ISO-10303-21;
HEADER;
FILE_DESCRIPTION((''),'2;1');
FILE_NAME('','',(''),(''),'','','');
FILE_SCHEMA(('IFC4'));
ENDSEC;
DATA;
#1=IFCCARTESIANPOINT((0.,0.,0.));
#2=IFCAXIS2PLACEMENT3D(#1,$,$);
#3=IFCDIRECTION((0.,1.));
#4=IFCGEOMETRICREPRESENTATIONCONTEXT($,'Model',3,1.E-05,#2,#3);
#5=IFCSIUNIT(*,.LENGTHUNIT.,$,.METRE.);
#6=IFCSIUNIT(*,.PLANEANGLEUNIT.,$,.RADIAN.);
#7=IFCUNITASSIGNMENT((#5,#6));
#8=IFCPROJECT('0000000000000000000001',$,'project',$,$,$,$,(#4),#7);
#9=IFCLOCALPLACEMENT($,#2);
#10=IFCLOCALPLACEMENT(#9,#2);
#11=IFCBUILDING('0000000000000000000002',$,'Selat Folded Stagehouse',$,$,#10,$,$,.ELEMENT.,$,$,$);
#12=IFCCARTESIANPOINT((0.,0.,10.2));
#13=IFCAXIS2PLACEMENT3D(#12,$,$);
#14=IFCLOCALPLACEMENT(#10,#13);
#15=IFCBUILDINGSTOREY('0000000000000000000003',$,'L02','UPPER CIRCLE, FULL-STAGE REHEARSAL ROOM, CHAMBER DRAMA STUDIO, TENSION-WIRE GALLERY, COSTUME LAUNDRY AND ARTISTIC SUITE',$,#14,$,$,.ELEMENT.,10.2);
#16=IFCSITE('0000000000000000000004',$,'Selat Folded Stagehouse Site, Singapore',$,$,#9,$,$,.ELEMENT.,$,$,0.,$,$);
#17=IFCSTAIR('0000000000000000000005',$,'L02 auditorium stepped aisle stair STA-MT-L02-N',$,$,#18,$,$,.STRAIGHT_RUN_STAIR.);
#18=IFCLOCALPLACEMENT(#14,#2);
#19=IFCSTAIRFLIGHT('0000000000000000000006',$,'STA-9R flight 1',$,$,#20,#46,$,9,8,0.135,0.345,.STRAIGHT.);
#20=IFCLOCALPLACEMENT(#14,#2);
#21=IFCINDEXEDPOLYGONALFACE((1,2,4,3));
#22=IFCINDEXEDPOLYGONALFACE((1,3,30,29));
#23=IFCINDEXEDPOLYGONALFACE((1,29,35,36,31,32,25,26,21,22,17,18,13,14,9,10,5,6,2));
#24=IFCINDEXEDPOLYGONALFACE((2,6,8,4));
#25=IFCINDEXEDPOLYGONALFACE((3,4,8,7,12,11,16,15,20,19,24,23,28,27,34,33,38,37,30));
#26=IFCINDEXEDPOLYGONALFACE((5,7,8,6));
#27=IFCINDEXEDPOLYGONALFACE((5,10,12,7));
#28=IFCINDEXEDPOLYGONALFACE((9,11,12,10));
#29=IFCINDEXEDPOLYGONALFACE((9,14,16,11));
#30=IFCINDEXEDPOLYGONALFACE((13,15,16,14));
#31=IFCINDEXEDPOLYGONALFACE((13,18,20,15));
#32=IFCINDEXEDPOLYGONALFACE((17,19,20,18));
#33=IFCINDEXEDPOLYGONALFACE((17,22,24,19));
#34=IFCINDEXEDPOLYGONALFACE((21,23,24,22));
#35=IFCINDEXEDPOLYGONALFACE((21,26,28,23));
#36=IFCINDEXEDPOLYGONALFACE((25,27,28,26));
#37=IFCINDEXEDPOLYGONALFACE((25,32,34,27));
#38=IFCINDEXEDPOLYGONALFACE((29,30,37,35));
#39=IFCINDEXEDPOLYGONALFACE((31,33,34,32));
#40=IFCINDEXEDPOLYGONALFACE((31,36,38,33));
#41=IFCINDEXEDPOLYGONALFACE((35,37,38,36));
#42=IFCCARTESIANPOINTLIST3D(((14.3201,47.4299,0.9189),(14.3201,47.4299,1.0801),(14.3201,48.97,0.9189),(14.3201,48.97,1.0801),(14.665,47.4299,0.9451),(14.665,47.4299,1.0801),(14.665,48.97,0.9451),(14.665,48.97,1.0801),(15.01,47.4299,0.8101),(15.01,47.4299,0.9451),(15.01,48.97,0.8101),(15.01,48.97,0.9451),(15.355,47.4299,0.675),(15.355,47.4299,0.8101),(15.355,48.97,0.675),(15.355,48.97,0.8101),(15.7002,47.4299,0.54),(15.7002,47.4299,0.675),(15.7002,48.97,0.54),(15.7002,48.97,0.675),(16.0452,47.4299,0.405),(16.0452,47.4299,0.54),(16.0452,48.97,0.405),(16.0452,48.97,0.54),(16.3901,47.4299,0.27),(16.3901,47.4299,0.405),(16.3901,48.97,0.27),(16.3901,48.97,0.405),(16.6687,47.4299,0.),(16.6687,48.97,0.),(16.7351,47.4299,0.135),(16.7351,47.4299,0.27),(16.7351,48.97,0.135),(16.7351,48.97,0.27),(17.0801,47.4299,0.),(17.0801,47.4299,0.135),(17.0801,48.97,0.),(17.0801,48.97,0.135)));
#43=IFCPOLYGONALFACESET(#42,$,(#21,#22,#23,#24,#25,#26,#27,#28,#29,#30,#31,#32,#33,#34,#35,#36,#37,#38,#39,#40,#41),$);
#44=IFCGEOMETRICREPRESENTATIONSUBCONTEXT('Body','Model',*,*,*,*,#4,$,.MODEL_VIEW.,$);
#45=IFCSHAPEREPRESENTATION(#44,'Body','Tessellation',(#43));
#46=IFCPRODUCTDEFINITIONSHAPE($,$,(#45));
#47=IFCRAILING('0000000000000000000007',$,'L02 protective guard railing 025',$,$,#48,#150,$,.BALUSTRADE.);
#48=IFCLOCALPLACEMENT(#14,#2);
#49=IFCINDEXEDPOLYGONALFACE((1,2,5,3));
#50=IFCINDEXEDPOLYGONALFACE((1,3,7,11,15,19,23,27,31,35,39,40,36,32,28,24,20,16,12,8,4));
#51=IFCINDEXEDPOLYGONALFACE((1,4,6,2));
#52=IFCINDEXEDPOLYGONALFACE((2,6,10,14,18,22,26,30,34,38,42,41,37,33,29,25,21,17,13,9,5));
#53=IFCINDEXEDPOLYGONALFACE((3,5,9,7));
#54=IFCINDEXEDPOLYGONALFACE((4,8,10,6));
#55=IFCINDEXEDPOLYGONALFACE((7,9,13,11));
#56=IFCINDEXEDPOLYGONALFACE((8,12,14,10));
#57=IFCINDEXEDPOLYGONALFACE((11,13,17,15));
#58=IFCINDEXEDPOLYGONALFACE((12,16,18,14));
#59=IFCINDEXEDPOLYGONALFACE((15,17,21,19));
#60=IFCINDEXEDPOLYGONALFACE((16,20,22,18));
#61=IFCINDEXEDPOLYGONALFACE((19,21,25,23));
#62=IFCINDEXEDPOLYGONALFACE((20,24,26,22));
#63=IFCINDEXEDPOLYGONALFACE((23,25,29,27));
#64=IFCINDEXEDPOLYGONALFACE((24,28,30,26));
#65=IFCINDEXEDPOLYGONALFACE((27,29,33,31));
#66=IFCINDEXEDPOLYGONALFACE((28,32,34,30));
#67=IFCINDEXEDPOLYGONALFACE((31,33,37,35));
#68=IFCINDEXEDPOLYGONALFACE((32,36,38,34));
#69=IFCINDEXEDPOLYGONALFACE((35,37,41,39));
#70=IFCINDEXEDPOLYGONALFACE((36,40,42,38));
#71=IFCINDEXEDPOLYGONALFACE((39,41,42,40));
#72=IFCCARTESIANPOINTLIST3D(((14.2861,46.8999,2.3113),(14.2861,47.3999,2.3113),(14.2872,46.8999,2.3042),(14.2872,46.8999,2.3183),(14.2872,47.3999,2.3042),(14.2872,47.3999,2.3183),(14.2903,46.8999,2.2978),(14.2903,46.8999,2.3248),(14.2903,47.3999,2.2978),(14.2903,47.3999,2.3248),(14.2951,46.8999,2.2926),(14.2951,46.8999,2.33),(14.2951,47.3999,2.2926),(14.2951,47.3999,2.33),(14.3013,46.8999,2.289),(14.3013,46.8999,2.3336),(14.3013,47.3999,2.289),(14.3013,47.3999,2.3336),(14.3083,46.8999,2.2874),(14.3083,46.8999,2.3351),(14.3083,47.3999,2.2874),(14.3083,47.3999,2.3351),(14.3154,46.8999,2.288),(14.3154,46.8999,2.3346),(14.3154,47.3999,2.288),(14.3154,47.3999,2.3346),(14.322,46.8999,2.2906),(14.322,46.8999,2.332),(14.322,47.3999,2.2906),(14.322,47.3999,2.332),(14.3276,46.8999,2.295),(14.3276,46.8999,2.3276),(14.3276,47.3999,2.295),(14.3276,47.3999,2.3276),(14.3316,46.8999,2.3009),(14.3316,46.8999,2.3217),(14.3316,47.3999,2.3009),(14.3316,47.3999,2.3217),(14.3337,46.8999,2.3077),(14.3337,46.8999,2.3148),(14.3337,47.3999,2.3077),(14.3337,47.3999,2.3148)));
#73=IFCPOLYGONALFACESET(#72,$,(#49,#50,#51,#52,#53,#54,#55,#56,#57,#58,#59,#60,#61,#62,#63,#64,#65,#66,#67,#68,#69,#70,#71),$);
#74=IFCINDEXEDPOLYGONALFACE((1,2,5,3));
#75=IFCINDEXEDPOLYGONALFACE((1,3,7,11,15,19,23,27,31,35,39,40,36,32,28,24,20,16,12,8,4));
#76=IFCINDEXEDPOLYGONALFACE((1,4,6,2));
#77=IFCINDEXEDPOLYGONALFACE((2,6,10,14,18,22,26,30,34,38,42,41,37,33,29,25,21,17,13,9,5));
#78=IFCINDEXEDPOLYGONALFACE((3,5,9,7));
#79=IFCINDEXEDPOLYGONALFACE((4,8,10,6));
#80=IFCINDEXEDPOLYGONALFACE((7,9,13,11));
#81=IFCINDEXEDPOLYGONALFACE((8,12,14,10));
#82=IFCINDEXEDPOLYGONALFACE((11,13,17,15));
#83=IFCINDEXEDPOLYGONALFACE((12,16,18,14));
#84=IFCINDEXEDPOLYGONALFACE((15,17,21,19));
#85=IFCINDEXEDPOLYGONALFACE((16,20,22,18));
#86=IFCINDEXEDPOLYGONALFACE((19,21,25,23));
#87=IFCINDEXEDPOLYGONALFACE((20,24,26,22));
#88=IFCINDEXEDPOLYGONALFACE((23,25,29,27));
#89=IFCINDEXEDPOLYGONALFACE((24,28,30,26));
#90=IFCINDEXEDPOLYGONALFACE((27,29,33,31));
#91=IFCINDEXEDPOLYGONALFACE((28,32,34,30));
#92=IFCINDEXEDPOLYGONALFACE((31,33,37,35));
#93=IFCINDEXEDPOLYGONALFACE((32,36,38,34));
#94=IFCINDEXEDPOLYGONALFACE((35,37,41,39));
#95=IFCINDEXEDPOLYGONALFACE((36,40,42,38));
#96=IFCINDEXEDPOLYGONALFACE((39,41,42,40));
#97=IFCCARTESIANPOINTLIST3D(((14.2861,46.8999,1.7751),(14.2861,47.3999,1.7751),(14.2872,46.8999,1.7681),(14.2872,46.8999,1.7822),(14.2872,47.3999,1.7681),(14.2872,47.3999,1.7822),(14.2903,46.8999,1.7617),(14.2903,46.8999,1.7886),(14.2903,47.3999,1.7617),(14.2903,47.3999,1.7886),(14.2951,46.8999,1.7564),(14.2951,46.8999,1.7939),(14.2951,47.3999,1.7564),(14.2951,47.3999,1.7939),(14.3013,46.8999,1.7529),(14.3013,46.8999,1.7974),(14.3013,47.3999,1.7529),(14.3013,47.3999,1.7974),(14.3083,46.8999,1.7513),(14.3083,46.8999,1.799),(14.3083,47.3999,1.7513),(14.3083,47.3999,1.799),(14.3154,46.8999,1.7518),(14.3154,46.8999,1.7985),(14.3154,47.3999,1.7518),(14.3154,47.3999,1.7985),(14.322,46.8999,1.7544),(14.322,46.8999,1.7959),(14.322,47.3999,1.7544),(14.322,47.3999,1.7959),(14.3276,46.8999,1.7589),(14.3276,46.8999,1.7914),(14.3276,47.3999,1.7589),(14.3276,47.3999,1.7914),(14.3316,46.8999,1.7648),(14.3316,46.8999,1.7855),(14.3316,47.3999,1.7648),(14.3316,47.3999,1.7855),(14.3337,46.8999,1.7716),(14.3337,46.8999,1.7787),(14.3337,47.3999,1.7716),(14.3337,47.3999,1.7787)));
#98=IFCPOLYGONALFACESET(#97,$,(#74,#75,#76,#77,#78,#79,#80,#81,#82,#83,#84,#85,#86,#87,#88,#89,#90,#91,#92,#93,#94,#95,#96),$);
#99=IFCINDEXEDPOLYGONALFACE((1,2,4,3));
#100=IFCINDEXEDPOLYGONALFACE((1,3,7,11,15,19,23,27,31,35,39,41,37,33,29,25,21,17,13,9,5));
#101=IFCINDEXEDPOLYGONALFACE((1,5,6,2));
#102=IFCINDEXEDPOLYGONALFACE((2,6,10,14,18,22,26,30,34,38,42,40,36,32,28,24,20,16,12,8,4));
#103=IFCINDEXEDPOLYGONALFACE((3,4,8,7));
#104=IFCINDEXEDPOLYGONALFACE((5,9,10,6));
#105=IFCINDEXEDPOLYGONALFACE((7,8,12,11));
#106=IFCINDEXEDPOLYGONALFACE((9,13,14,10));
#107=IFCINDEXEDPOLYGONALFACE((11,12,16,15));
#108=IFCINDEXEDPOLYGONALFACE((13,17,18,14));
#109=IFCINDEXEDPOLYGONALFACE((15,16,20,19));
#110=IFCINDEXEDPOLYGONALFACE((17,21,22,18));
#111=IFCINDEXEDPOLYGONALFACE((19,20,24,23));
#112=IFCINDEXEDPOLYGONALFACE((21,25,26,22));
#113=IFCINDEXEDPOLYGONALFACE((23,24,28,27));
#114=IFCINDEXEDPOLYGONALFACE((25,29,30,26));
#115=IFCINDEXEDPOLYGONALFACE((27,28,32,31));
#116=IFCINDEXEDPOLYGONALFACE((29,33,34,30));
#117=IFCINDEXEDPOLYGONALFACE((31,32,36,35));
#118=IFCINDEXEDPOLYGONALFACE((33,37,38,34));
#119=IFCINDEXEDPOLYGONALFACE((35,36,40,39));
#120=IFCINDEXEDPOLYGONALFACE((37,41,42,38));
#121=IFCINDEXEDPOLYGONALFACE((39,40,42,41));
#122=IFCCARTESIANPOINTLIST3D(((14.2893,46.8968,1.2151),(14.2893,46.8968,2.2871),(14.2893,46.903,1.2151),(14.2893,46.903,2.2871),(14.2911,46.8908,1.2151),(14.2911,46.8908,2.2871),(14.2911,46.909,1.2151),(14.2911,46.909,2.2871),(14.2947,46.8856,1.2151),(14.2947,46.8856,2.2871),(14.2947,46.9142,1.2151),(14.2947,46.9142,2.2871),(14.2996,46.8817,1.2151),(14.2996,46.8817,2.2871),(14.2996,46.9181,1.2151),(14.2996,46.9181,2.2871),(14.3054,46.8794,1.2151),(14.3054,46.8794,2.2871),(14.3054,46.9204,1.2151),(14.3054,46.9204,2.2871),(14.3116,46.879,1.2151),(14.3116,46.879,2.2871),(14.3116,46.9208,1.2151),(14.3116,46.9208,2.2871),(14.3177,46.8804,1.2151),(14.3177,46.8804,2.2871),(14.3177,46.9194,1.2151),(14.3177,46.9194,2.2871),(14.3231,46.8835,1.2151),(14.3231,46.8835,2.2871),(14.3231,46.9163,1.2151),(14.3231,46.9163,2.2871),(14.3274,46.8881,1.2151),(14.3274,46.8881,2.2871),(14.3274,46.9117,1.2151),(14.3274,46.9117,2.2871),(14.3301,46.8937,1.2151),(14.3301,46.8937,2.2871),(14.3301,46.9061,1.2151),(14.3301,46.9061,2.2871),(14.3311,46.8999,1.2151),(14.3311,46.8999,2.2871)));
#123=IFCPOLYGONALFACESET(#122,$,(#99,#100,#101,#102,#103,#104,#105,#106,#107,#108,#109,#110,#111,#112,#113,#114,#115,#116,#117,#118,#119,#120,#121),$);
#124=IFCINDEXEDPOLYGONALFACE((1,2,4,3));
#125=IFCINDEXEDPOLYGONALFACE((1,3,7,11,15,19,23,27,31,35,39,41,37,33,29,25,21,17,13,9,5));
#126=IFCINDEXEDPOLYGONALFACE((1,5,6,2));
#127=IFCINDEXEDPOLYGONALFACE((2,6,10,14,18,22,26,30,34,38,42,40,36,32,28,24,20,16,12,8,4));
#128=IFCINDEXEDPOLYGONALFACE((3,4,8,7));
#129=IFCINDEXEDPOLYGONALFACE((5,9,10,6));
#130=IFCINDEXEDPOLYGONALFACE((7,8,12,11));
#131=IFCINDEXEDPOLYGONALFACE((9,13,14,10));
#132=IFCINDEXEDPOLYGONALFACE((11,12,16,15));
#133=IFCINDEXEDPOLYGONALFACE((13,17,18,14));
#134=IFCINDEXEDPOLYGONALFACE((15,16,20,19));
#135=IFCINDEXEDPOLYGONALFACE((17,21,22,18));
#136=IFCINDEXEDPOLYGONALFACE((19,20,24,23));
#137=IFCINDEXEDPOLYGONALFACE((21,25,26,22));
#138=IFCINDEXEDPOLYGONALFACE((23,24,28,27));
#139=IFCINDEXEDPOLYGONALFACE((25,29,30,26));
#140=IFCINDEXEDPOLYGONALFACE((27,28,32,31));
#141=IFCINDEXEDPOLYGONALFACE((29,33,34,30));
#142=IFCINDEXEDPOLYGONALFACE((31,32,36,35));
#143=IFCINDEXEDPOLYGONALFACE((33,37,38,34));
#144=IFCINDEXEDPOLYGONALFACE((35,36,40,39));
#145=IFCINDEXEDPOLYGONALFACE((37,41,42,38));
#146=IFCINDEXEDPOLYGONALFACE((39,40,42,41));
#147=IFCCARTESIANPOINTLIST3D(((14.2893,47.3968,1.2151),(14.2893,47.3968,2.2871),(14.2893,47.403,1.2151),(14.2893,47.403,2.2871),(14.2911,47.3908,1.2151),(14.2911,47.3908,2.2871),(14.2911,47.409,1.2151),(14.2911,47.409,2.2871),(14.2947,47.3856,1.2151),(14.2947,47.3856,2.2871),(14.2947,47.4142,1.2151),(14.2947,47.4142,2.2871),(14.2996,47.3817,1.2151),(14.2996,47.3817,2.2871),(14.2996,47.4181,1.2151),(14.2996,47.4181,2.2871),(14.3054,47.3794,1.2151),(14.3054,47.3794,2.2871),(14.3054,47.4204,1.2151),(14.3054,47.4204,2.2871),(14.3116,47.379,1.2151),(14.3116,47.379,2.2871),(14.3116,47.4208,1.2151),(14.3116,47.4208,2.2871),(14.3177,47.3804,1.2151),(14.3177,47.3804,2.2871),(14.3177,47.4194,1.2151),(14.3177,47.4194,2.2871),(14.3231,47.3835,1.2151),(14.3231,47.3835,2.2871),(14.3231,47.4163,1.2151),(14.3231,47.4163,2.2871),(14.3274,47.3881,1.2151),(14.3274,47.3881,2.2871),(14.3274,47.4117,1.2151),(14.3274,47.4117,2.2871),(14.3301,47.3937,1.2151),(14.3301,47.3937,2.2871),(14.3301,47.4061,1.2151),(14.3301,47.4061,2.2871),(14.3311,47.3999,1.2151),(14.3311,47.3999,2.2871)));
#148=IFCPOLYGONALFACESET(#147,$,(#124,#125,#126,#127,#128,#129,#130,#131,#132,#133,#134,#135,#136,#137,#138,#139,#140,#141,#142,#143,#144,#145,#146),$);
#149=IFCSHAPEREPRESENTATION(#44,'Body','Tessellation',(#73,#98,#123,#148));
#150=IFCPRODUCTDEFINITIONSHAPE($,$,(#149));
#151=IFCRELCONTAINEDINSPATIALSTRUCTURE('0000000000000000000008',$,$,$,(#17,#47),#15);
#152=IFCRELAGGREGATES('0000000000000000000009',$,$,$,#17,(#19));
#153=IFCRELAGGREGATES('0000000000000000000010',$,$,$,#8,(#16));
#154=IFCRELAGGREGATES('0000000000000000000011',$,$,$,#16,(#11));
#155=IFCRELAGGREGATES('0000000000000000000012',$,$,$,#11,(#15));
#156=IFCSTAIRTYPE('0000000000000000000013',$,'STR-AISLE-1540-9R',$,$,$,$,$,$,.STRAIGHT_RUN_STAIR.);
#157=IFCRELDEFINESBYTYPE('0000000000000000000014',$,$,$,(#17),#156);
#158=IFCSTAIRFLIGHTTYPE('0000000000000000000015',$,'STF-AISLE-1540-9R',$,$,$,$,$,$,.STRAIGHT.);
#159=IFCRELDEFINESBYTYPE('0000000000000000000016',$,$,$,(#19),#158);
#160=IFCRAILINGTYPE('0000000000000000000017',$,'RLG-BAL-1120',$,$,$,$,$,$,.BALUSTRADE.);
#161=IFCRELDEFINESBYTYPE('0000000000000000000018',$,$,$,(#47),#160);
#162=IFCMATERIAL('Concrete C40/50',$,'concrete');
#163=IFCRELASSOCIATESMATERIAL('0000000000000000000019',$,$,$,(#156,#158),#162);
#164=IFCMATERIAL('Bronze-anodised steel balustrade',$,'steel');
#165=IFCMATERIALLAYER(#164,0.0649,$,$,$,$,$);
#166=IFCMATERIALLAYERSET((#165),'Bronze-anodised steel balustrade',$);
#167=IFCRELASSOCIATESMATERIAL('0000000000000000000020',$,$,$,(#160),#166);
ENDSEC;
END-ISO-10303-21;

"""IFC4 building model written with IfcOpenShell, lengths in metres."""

from ifc_helpers import new_model, si_unit, direction, frame, origin, origin_2d, place, context, subcontext, project, spatial, polyline, circle, outline, extrude, material, layer, layer_set, type_object, element, aggregate, save


model = new_model("IFC4")

# Units and contexts
model_context = context("Model", 3, precision=1e-05, world=origin(), true_north=direction((0.0, 1.0)))
body_context = subcontext(model_context, "Body", "Model", "MODEL_VIEW")
ifc_project = project(units=[si_unit("LENGTHUNIT", "METRE"), si_unit("PLANEANGLEUNIT", "RADIAN")], contexts=[model_context])

# Site, building, storey
site_placement = place(None, origin())
site = spatial("IfcSite", under=ifc_project, at=site_placement, Name="Selat Folded Stagehouse Site, Singapore", CompositionType="ELEMENT", RefElevation=0.0)
building_placement = place(site_placement, origin())
building = spatial("IfcBuilding", under=site, at=building_placement, Name="Selat Folded Stagehouse", CompositionType="ELEMENT")
storey_placement = place(building_placement, frame((0.0, 0.0, 10.2)))
storey = spatial("IfcBuildingStorey", under=building, at=storey_placement, Name="L02", Description="UPPER CIRCLE, FULL-STAGE REHEARSAL ROOM, CHAMBER DRAMA STUDIO, TENSION-WIRE GALLERY, COSTUME LAUNDRY AND ARTISTIC SUITE", CompositionType="ELEMENT", Elevation=10.2)

# Stair, stair flight
ifc_material_1 = material(Name="Concrete C40/50", Category="concrete")
stair_type = type_object("IfcStairType", Name="STR-AISLE-1540-9R", PredefinedType="STRAIGHT_RUN_STAIR", material=ifc_material_1)
stair_placement = place(storey_placement, origin())
stair = element("IfcStair", 1, at=stair_placement, inside=storey, type_object=stair_type, Name="L02 auditorium stepped aisle stair STA-MT-L02-N", PredefinedType="STRAIGHT_RUN_STAIR")
stair_flight_type = type_object("IfcStairFlightType", Name="STF-AISLE-1540-9R", PredefinedType="STRAIGHT", material=ifc_material_1)
stair_flight_placement = place(storey_placement, frame((17.0801, 48.2, 0.0), z_axis=(0.0, 0.0, 1.0), x_axis=(-1.0, 0.0, 0.0)))
stair_flight = element("IfcStairFlight", 2, at=stair_flight_placement, type_object=stair_flight_type, Name="STA-9R flight 1", NumberOfRisers=9, NumberOfTreads=8, PredefinedType="STRAIGHT", RiserHeight=0.135, TreadLength=0.345, context=body_context, shape_type="SweptSolid", body=[
    extrude(outline(polyline([(0.0, 0.0), (0.0, 0.135), (0.345, 0.135), (0.345, 0.27), (0.6899, 0.27), (0.6899, 0.405), (1.0349, 0.405), (1.0349, 0.54), (1.3799, 0.54), (1.3799, 0.675), (1.7251, 0.675), (1.7251, 0.8101), (2.0701, 0.8101), (2.0701, 0.9451), (2.415, 0.9451), (2.415, 1.0801), (2.76, 1.0801), (2.76, 1.2151), (2.76, 0.9189), (0.4114, 0.0), (0.0, 0.0)])), frame((0.0, 0.77, 0.0), z_axis=(0.0, -1.0, 0.0), x_axis=(1.0, 0.0, 0.0)), (0.0, 0.0, 1.0), 1.54),
])
aggregate(stair, [stair_flight])

# Railing
ifc_material_2 = material(Name="Bronze-anodised steel balustrade", Category="steel")
ifc_layer_1 = layer(ifc_material_2, 0.0649)
ifc_layer_set_1 = layer_set([ifc_layer_1], Name="Bronze-anodised steel balustrade")
railing_type = type_object("IfcRailingType", Name="RLG-BAL-1120", PredefinedType="BALUSTRADE", material=ifc_layer_set_1)
railing_1_placement = place(storey_placement, frame((14.3101, 46.8999, 1.2151)))
element("IfcRailing", 3, at=railing_1_placement, inside=storey, type_object=railing_type, Name="L02 protective guard railing 025", PredefinedType="BALUSTRADE", context=body_context, shape_type="SweptSolid", body=[
    extrude(circle(Radius=0.0239, at=origin_2d()), frame((0.0, 0.0, 1.0962), z_axis=(0.0, 1.0, 0.0), x_axis=(-1.0, 0.0, 0.0)), (0.0, 0.0, 1.0), 0.5),
    extrude(circle(Radius=0.0239, at=origin_2d()), frame((0.0, 0.0, 0.5601), z_axis=(0.0, 1.0, 0.0), x_axis=(-1.0, 0.0, 0.0)), (0.0, 0.0, 1.0), 0.5),
    extrude(circle(Radius=0.021, at=origin_2d()), origin(), (0.0, 0.0, 1.0), 1.072),
    extrude(circle(Radius=0.021, at=origin_2d()), frame((0.0, 0.5, 0.0)), (0.0, 0.0, 1.0), 1.072),
])

save(model, "model.ifc")
